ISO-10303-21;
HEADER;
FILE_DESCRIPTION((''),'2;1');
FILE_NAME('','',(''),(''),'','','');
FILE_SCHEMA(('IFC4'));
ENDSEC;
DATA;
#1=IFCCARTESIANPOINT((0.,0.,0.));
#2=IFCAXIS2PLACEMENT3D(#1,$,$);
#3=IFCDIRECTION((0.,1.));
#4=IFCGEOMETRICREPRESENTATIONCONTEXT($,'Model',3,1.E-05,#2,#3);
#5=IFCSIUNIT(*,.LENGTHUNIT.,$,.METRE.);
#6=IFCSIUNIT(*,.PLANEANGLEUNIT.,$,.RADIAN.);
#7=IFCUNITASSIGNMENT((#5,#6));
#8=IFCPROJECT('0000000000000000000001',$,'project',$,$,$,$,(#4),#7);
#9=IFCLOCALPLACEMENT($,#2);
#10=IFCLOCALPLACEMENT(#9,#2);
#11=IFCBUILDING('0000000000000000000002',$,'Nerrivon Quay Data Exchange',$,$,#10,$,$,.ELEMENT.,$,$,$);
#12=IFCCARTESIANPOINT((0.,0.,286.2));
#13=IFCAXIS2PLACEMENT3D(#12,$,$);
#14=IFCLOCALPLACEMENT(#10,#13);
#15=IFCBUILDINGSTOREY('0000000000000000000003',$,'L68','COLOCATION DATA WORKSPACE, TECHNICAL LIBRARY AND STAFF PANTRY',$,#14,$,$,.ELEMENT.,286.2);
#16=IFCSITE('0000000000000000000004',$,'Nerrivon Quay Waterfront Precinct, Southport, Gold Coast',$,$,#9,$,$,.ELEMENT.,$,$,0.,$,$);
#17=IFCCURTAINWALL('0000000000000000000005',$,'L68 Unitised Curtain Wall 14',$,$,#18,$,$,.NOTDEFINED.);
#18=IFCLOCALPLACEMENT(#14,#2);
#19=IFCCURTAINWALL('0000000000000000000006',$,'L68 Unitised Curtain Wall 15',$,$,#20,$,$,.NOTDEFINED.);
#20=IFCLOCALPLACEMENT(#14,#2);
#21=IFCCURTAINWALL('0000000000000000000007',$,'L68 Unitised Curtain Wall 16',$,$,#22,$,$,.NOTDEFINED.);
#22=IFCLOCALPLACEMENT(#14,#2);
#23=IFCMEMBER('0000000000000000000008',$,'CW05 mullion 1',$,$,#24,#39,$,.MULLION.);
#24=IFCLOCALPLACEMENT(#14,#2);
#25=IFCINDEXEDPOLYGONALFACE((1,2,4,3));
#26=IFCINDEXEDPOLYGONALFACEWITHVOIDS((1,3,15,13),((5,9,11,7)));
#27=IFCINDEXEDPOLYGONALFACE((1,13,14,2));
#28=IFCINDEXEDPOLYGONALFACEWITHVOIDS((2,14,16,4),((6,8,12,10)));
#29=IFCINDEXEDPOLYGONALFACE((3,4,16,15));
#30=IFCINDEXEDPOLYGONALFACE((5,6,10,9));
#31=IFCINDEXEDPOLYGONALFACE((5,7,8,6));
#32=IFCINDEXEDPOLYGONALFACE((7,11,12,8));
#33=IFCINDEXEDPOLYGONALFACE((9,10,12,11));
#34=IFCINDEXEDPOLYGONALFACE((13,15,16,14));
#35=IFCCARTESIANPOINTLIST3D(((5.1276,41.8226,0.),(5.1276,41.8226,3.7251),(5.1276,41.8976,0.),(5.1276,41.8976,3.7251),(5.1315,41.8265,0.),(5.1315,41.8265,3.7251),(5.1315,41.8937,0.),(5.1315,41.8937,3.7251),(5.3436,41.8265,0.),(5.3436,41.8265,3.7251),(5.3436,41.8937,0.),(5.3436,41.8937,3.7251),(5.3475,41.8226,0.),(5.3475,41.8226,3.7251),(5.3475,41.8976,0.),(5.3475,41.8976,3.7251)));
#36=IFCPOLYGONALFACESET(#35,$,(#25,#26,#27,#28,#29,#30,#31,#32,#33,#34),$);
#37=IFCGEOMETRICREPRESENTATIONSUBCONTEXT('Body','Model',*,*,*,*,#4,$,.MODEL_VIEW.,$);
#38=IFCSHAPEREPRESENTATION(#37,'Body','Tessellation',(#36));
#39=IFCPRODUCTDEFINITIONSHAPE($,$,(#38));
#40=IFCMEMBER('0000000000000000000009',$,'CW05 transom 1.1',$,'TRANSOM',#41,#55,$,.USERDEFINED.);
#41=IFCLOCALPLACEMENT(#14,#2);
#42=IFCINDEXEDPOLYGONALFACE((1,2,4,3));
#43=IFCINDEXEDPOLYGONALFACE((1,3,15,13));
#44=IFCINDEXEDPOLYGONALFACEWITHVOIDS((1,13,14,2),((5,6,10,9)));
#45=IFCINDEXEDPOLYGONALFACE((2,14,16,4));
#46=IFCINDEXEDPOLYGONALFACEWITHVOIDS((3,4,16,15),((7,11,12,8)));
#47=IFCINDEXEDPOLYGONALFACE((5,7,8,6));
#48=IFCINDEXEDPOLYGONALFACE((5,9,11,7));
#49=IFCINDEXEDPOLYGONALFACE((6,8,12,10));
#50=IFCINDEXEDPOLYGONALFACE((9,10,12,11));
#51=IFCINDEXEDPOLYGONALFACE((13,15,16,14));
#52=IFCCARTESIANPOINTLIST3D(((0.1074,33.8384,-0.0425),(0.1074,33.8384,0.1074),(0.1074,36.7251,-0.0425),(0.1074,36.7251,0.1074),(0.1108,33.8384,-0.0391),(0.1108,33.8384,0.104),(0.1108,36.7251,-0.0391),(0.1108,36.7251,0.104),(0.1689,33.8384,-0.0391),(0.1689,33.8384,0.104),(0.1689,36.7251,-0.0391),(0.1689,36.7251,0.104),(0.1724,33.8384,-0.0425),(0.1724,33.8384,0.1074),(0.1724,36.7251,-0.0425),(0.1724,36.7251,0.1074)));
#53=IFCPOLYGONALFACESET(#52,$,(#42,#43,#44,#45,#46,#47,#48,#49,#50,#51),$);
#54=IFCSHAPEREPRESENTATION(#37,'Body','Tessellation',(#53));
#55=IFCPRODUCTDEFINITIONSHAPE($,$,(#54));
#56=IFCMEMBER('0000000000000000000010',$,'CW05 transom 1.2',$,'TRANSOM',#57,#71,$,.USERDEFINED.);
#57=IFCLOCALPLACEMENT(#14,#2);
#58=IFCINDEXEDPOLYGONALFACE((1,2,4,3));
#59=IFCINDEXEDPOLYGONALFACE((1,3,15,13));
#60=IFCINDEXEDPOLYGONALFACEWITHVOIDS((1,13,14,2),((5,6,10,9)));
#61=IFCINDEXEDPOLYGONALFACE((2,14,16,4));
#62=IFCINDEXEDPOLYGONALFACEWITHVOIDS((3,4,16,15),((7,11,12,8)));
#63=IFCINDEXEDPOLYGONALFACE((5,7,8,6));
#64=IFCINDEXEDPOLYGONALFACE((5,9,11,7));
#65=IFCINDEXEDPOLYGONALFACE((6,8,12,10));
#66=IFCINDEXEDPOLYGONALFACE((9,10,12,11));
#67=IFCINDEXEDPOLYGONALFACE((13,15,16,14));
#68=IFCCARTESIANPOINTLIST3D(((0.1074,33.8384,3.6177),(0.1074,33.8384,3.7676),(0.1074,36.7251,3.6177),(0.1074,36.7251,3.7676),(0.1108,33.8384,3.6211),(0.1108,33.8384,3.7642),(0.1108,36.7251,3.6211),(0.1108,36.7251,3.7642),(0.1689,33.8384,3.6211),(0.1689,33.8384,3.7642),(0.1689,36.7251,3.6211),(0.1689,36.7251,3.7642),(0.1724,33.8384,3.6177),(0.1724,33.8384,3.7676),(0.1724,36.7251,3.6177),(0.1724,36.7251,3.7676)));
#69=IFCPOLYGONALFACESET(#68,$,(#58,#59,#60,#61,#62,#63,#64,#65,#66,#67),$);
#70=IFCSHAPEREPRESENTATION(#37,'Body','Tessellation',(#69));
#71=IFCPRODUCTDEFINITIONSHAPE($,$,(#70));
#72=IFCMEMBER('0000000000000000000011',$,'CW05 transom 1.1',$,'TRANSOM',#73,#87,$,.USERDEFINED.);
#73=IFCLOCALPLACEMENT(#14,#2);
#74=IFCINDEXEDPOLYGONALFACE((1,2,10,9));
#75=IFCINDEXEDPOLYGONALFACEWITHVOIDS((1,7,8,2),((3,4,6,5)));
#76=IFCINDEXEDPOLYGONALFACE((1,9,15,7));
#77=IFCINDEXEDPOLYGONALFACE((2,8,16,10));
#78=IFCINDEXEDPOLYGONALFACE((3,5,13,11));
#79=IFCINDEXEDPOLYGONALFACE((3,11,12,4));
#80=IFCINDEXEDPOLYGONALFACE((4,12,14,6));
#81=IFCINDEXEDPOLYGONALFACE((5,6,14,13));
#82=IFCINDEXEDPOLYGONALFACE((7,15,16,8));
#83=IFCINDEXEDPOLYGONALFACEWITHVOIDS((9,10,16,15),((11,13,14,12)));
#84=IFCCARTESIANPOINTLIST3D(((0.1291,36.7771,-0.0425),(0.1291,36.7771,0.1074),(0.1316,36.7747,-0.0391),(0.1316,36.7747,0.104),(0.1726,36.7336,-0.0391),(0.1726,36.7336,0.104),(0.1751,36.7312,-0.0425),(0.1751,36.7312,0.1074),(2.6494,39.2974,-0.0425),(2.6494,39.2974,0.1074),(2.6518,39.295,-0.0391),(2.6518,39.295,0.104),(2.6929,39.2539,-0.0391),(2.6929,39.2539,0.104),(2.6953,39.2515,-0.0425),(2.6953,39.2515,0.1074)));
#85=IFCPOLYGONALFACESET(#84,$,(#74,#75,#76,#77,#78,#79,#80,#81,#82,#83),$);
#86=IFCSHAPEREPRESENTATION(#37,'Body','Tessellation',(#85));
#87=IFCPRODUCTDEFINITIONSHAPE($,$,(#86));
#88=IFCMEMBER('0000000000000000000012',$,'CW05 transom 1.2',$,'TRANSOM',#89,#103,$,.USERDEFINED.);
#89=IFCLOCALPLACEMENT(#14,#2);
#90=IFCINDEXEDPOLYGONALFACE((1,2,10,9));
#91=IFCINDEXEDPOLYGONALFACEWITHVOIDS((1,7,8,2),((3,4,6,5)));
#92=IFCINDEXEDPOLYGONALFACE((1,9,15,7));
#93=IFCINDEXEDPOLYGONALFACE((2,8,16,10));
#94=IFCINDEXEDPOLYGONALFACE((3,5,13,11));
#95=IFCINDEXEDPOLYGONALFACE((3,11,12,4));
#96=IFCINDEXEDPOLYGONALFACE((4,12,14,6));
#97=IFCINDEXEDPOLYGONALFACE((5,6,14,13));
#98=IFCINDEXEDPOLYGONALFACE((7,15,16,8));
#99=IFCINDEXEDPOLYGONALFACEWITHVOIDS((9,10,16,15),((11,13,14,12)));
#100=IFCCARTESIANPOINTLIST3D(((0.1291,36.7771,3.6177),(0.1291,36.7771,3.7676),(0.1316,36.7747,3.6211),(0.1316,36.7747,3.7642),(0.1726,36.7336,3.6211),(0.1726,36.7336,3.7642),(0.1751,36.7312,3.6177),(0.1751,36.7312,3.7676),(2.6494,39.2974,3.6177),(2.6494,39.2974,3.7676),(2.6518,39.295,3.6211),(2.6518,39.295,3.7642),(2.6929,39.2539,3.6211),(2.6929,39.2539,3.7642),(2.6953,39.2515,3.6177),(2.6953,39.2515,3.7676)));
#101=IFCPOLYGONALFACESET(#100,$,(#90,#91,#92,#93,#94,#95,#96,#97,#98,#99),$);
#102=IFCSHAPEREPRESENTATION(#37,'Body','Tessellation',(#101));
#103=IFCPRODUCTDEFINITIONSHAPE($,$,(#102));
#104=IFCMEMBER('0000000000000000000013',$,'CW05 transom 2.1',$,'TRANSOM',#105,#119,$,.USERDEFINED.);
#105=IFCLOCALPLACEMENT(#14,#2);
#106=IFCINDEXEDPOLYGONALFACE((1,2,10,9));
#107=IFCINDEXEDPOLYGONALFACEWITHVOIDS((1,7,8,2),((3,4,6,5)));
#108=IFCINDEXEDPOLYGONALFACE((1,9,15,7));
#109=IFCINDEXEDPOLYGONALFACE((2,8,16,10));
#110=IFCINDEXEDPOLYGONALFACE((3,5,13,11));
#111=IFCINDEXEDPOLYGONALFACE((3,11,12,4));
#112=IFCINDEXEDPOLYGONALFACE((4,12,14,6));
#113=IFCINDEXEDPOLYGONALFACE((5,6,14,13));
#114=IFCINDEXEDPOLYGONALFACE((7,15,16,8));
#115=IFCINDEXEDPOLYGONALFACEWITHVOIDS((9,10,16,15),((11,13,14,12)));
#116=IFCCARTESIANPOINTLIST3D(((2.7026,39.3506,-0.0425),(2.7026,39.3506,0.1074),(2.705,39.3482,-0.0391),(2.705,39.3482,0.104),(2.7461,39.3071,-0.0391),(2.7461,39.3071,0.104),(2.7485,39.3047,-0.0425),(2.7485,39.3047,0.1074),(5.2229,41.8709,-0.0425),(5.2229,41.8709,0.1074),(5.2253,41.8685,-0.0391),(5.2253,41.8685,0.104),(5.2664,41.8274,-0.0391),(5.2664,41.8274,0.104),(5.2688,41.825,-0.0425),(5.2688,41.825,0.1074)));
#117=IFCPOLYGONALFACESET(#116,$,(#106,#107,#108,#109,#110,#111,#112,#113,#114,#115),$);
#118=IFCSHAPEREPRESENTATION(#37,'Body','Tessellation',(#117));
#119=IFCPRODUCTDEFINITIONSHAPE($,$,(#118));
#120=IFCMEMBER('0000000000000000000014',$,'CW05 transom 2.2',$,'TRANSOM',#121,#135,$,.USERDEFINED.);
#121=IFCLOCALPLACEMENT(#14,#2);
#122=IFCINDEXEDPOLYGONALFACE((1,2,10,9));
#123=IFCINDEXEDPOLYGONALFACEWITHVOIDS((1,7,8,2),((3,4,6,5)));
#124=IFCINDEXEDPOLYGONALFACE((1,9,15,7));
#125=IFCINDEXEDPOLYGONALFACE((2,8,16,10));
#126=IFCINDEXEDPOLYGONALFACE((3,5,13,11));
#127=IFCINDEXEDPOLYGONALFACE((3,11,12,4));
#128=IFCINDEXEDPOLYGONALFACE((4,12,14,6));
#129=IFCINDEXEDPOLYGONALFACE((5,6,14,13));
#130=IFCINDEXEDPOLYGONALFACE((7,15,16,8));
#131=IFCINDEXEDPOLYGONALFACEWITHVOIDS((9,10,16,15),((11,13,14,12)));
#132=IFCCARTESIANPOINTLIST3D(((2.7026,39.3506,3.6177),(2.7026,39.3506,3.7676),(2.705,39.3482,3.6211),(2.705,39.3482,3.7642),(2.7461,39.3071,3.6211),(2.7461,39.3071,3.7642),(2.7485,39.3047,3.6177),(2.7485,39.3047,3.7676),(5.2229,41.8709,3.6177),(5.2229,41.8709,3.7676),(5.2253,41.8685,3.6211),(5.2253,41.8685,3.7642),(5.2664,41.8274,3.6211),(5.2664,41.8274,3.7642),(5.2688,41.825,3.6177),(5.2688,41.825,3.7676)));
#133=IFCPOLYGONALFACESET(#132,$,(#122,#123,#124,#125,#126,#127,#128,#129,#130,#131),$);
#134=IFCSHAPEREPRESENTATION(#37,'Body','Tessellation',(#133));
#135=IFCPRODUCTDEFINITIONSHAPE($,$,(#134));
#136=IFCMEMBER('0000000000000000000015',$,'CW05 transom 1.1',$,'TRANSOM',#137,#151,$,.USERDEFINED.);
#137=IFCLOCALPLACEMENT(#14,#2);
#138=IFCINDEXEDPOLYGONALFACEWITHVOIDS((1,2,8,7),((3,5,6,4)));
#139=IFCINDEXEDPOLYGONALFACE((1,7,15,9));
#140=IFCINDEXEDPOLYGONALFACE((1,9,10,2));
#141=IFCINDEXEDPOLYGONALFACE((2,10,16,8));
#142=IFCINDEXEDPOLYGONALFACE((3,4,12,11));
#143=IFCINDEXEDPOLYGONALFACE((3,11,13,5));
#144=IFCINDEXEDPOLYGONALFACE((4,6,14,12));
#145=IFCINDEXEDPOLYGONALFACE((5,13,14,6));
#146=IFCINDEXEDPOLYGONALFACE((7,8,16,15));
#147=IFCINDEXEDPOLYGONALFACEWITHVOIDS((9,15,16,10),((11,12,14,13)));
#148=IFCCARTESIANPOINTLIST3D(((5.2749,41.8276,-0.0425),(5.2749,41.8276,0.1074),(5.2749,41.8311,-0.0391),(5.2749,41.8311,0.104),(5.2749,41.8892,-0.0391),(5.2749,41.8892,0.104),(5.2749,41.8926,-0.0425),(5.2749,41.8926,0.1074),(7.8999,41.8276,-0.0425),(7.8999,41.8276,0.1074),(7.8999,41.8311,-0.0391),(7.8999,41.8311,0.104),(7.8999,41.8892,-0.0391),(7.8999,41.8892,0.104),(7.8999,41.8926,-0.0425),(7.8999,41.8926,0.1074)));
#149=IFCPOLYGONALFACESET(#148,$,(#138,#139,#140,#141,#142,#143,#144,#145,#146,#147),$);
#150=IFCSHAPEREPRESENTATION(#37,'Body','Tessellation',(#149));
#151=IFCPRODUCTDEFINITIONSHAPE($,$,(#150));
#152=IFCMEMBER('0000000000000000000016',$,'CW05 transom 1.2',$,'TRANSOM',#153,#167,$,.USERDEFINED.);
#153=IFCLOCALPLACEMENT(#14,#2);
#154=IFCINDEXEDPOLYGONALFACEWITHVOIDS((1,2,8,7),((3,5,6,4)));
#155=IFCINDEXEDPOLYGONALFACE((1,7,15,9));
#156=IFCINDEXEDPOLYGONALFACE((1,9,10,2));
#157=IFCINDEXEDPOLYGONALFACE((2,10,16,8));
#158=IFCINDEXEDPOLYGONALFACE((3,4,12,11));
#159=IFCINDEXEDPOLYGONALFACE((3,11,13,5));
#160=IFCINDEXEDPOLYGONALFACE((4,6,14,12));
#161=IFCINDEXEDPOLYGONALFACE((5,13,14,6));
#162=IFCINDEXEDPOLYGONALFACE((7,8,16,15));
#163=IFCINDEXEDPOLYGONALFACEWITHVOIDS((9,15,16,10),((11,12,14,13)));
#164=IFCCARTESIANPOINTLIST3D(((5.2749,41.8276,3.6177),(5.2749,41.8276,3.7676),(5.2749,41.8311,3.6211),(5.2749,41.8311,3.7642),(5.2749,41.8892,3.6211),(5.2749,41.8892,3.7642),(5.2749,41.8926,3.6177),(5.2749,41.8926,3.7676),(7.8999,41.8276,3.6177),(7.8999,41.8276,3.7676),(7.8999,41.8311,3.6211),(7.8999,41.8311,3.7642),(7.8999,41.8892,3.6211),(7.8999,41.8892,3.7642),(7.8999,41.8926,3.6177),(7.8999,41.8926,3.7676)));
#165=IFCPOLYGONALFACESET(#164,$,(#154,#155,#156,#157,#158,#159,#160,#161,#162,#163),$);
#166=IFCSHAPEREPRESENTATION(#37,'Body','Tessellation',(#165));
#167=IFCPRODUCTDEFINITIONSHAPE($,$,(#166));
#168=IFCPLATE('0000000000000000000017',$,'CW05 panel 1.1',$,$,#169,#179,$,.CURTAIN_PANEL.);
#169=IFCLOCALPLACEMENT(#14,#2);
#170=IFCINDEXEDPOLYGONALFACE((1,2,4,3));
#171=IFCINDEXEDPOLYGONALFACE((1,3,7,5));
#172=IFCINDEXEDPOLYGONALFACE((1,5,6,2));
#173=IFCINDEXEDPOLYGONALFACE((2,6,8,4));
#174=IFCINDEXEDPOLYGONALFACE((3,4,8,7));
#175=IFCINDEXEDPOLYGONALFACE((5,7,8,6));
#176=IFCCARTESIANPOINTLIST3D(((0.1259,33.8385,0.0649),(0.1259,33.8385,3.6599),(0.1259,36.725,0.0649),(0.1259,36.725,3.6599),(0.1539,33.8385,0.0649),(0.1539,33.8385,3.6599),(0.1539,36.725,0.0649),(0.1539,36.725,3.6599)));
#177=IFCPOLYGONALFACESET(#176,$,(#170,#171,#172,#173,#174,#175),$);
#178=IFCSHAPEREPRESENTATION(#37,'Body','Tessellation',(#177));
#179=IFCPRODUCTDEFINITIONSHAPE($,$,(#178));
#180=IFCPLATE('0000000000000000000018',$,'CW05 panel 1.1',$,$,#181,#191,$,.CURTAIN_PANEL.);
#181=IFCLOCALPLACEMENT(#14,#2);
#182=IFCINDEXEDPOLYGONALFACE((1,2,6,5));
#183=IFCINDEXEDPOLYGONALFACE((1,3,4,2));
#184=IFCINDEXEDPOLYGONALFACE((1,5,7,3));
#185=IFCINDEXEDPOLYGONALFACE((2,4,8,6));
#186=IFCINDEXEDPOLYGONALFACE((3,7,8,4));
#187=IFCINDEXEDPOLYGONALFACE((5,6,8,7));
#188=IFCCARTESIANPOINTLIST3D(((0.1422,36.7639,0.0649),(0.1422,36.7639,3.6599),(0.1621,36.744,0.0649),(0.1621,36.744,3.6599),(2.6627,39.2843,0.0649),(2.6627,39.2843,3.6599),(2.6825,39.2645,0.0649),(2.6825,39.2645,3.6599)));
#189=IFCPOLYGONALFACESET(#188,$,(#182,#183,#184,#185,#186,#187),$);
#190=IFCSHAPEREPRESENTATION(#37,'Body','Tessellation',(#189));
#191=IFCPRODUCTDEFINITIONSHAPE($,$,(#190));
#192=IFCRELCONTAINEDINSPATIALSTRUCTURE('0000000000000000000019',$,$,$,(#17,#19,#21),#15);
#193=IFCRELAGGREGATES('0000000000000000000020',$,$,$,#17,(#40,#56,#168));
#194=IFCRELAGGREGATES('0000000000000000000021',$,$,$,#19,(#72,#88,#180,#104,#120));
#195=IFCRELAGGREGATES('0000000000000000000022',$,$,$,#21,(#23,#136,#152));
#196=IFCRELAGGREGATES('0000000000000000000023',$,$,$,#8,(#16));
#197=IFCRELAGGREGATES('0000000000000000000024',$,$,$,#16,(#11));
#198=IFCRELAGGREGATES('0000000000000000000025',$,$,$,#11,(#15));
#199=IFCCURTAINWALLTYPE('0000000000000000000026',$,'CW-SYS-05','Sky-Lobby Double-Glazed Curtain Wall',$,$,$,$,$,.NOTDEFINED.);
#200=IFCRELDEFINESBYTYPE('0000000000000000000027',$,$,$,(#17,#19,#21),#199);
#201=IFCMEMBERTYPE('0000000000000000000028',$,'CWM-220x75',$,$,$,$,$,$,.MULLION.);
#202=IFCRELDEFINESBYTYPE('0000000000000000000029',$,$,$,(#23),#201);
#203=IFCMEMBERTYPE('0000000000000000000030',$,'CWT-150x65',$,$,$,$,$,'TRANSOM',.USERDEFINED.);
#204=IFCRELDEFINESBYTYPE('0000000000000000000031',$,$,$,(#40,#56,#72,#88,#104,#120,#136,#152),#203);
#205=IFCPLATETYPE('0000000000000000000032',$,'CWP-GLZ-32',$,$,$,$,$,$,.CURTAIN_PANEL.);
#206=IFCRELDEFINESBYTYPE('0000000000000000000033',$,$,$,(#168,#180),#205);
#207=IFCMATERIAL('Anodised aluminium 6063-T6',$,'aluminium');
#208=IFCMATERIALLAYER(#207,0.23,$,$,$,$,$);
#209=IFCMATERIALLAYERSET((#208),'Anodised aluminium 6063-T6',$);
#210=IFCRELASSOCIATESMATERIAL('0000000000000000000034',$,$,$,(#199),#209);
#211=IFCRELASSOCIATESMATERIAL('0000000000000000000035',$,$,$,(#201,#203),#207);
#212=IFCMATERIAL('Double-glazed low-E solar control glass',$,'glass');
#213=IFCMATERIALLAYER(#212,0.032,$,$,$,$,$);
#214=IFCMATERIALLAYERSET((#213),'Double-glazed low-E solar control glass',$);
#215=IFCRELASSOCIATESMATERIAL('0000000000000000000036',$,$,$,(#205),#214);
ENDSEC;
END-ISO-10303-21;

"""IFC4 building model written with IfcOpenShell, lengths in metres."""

from ifc_helpers import new_model, si_unit, direction, frame, origin, origin_2d, place, context, subcontext, project, spatial, rectangle, hollow_rectangle, extrude, material, layer, layer_set, material_profile, profile_set, type_object, element, aggregate, save


model = new_model("IFC4")

# Units and contexts
model_context = context("Model", 3, precision=1e-05, world=origin(), true_north=direction((0.0, 1.0)))
body_context = subcontext(model_context, "Body", "Model", "MODEL_VIEW")
ifc_project = project(units=[si_unit("LENGTHUNIT", "METRE"), si_unit("PLANEANGLEUNIT", "RADIAN")], contexts=[model_context])

# Site, building, storey
site_placement = place(None, origin())
site = spatial("IfcSite", under=ifc_project, at=site_placement, Name="Nerrivon Quay Waterfront Precinct, Southport, Gold Coast", CompositionType="ELEMENT", RefElevation=0.0)
building_placement = place(site_placement, origin())
building = spatial("IfcBuilding", under=site, at=building_placement, Name="Nerrivon Quay Data Exchange", CompositionType="ELEMENT")
storey_placement = place(building_placement, frame((0.0, 0.0, 286.2)))
storey = spatial("IfcBuildingStorey", under=building, at=storey_placement, Name="L68", Description="COLOCATION DATA WORKSPACE, TECHNICAL LIBRARY AND STAFF PANTRY", CompositionType="ELEMENT", Elevation=286.2)

# Curtain walls
ifc_material_1 = material(Name="Anodised aluminium 6063-T6", Category="aluminium")
ifc_layer_1 = layer(ifc_material_1, 0.23)
ifc_layer_set_1 = layer_set([ifc_layer_1], Name="Anodised aluminium 6063-T6")
curtain_wall_type = type_object("IfcCurtainWallType", Name="CW-SYS-05", Description="Sky-Lobby Double-Glazed Curtain Wall", PredefinedType="NOTDEFINED", material=ifc_layer_set_1)
curtain_wall_1_placement = place(storey_placement, origin())
curtain_wall_1 = element("IfcCurtainWall", 1, at=curtain_wall_1_placement, inside=storey, type_object=curtain_wall_type, Name="L68 Unitised Curtain Wall 14", PredefinedType="NOTDEFINED")
ifc_material_profile_1 = material_profile(ifc_material_1, hollow_rectangle(XDim=0.075, YDim=0.22, WallThickness=0.0039, at=origin_2d()), Name="ALU-MULL-220x75")
ifc_profile_set_1 = profile_set([ifc_material_profile_1], Name="Anodised aluminium 6063-T6")
member_type_1 = type_object("IfcMemberType", Name="CWM-220x75", PredefinedType="MULLION", material=ifc_profile_set_1)
curtain_wall_2_placement = place(storey_placement, origin())
curtain_wall_2 = element("IfcCurtainWall", 2, at=curtain_wall_2_placement, inside=storey, type_object=curtain_wall_type, Name="L68 Unitised Curtain Wall 15", PredefinedType="NOTDEFINED")

# Curtain wall, member
curtain_wall_3_placement = place(storey_placement, origin())
curtain_wall_3 = element("IfcCurtainWall", 3, at=curtain_wall_3_placement, inside=storey, type_object=curtain_wall_type, Name="L68 Unitised Curtain Wall 16", PredefinedType="NOTDEFINED")
member_1_placement = place(storey_placement, frame((5.2375, 41.8601, 0.0), z_axis=(0.0, 0.0, 1.0), x_axis=(0.0, 1.0, 0.0)))
member_1 = element("IfcMember", 4, at=member_1_placement, type_object=member_type_1, Name="CW05 mullion 1", PredefinedType="MULLION", context=body_context, shape_type="SweptSolid", body=[
    extrude(hollow_rectangle(XDim=0.075, YDim=0.22, WallThickness=0.0039, at=origin_2d()), origin(), (0.0, 0.0, 1.0), 3.7251),
])

# Members
ifc_material_profile_2 = material_profile(ifc_material_1, hollow_rectangle(XDim=0.0649, YDim=0.1499, WallThickness=0.0034, at=origin_2d()), Name="ALU-TRAN-150x65")
ifc_profile_set_2 = profile_set([ifc_material_profile_2], Name="Anodised aluminium 6063-T6")
member_type_2 = type_object("IfcMemberType", Name="CWT-150x65", ElementType="TRANSOM", PredefinedType="USERDEFINED", material=ifc_profile_set_2)
member_2_placement = place(storey_placement, frame((0.1399, 33.8384, 0.0325), z_axis=(0.0, 1.0, 0.0), x_axis=(-1.0, 0.0, 0.0)))
member_2 = element("IfcMember", 5, at=member_2_placement, type_object=member_type_2, Name="CW05 transom 1.1", ObjectType="TRANSOM", PredefinedType="USERDEFINED", context=body_context, shape_type="SweptSolid", body=[
    extrude(hollow_rectangle(XDim=0.0649, YDim=0.1499, WallThickness=0.0034, at=origin_2d()), origin(), (0.0, 0.0, 1.0), 2.8867),
])
member_3_placement = place(storey_placement, frame((0.1399, 33.8384, 3.6926), z_axis=(0.0, 1.0, 0.0), x_axis=(-1.0, 0.0, 0.0)))
member_3 = element("IfcMember", 6, at=member_3_placement, type_object=member_type_2, Name="CW05 transom 1.2", ObjectType="TRANSOM", PredefinedType="USERDEFINED", context=body_context, shape_type="SweptSolid", body=[
    extrude(hollow_rectangle(XDim=0.0649, YDim=0.1499, WallThickness=0.0034, at=origin_2d()), origin(), (0.0, 0.0, 1.0), 2.8867),
])
member_4_placement = place(storey_placement, frame((0.1521, 36.7542, 0.0325), z_axis=(0.707107, 0.707107, 0.0), x_axis=(-0.707107, 0.707107, 0.0)))
member_4 = element("IfcMember", 7, at=member_4_placement, type_object=member_type_2, Name="CW05 transom 1.1", ObjectType="TRANSOM", PredefinedType="USERDEFINED", context=body_context, shape_type="SweptSolid", body=[
    extrude(hollow_rectangle(XDim=0.0649, YDim=0.1499, WallThickness=0.0034, at=origin_2d()), origin(), (0.0, 0.0, 1.0), 3.5642),
])
member_5_placement = place(storey_placement, frame((0.1521, 36.7542, 3.6926), z_axis=(0.707107, 0.707107, 0.0), x_axis=(-0.707107, 0.707107, 0.0)))
member_5 = element("IfcMember", 8, at=member_5_placement, type_object=member_type_2, Name="CW05 transom 1.2", ObjectType="TRANSOM", PredefinedType="USERDEFINED", context=body_context, shape_type="SweptSolid", body=[
    extrude(hollow_rectangle(XDim=0.0649, YDim=0.1499, WallThickness=0.0034, at=origin_2d()), origin(), (0.0, 0.0, 1.0), 3.5642),
])
member_6_placement = place(storey_placement, frame((2.7256, 39.3276, 0.0325), z_axis=(0.707107, 0.707107, 0.0), x_axis=(-0.707107, 0.707107, 0.0)))
member_6 = element("IfcMember", 9, at=member_6_placement, type_object=member_type_2, Name="CW05 transom 2.1", ObjectType="TRANSOM", PredefinedType="USERDEFINED", context=body_context, shape_type="SweptSolid", body=[
    extrude(hollow_rectangle(XDim=0.0649, YDim=0.1499, WallThickness=0.0034, at=origin_2d()), origin(), (0.0, 0.0, 1.0), 3.5642),
])
member_7_placement = place(storey_placement, frame((2.7256, 39.3276, 3.6926), z_axis=(0.707107, 0.707107, 0.0), x_axis=(-0.707107, 0.707107, 0.0)))
member_7 = element("IfcMember", 10, at=member_7_placement, type_object=member_type_2, Name="CW05 transom 2.2", ObjectType="TRANSOM", PredefinedType="USERDEFINED", context=body_context, shape_type="SweptSolid", body=[
    extrude(hollow_rectangle(XDim=0.0649, YDim=0.1499, WallThickness=0.0034, at=origin_2d()), origin(), (0.0, 0.0, 1.0), 3.5642),
])
member_8_placement = place(storey_placement, frame((5.2749, 41.8601, 0.0325), z_axis=(1.0, 0.0, 0.0), x_axis=(0.0, 1.0, 0.0)))
member_8 = element("IfcMember", 11, at=member_8_placement, type_object=member_type_2, Name="CW05 transom 1.1", ObjectType="TRANSOM", PredefinedType="USERDEFINED", context=body_context, shape_type="SweptSolid", body=[
    extrude(hollow_rectangle(XDim=0.0649, YDim=0.1499, WallThickness=0.0034, at=origin_2d()), origin(), (0.0, 0.0, 1.0), 2.625),
])
member_9_placement = place(storey_placement, frame((5.2749, 41.8601, 3.6926), z_axis=(1.0, 0.0, 0.0), x_axis=(0.0, 1.0, 0.0)))
member_9 = element("IfcMember", 12, at=member_9_placement, type_object=member_type_2, Name="CW05 transom 1.2", ObjectType="TRANSOM", PredefinedType="USERDEFINED", context=body_context, shape_type="SweptSolid", body=[
    extrude(hollow_rectangle(XDim=0.0649, YDim=0.1499, WallThickness=0.0034, at=origin_2d()), origin(), (0.0, 0.0, 1.0), 2.625),
])

# Plates
ifc_material_2 = material(Name="Double-glazed low-E solar control glass", Category="glass")
ifc_layer_2 = layer(ifc_material_2, 0.032)
ifc_layer_set_2 = layer_set([ifc_layer_2], Name="Double-glazed low-E solar control glass")
plate_type = type_object("IfcPlateType", Name="CWP-GLZ-32", PredefinedType="CURTAIN_PANEL", material=ifc_layer_set_2)
plate_1_placement = place(storey_placement, frame((0.1399, 35.2817, 0.0649), z_axis=(0.0, 0.0, 1.0), x_axis=(0.0, 1.0, 0.0)))
plate_1 = element("IfcPlate", 13, at=plate_1_placement, type_object=plate_type, Name="CW05 panel 1.1", PredefinedType="CURTAIN_PANEL", context=body_context, shape_type="SweptSolid", body=[
    extrude(rectangle(XDim=2.8865, YDim=0.0281, at=origin_2d()), origin(), (0.0, 0.0, 1.0), 3.595),
])
aggregate(curtain_wall_1, [member_2, member_3, plate_1])
plate_2_placement = place(storey_placement, frame((1.4124, 38.0142, 0.0649), z_axis=(0.0, 0.0, 1.0), x_axis=(0.707107, 0.707107, 0.0)))
plate_2 = element("IfcPlate", 14, at=plate_2_placement, type_object=plate_type, Name="CW05 panel 1.1", PredefinedType="CURTAIN_PANEL", context=body_context, shape_type="SweptSolid", body=[
    extrude(rectangle(XDim=3.5645, YDim=0.0281, at=origin_2d()), origin(), (0.0, 0.0, 1.0), 3.595),
])
aggregate(curtain_wall_2, [member_4, member_5, plate_2, member_6, member_7])
aggregate(curtain_wall_3, [member_1, member_8, member_9])

save(model, "model.ifc")
